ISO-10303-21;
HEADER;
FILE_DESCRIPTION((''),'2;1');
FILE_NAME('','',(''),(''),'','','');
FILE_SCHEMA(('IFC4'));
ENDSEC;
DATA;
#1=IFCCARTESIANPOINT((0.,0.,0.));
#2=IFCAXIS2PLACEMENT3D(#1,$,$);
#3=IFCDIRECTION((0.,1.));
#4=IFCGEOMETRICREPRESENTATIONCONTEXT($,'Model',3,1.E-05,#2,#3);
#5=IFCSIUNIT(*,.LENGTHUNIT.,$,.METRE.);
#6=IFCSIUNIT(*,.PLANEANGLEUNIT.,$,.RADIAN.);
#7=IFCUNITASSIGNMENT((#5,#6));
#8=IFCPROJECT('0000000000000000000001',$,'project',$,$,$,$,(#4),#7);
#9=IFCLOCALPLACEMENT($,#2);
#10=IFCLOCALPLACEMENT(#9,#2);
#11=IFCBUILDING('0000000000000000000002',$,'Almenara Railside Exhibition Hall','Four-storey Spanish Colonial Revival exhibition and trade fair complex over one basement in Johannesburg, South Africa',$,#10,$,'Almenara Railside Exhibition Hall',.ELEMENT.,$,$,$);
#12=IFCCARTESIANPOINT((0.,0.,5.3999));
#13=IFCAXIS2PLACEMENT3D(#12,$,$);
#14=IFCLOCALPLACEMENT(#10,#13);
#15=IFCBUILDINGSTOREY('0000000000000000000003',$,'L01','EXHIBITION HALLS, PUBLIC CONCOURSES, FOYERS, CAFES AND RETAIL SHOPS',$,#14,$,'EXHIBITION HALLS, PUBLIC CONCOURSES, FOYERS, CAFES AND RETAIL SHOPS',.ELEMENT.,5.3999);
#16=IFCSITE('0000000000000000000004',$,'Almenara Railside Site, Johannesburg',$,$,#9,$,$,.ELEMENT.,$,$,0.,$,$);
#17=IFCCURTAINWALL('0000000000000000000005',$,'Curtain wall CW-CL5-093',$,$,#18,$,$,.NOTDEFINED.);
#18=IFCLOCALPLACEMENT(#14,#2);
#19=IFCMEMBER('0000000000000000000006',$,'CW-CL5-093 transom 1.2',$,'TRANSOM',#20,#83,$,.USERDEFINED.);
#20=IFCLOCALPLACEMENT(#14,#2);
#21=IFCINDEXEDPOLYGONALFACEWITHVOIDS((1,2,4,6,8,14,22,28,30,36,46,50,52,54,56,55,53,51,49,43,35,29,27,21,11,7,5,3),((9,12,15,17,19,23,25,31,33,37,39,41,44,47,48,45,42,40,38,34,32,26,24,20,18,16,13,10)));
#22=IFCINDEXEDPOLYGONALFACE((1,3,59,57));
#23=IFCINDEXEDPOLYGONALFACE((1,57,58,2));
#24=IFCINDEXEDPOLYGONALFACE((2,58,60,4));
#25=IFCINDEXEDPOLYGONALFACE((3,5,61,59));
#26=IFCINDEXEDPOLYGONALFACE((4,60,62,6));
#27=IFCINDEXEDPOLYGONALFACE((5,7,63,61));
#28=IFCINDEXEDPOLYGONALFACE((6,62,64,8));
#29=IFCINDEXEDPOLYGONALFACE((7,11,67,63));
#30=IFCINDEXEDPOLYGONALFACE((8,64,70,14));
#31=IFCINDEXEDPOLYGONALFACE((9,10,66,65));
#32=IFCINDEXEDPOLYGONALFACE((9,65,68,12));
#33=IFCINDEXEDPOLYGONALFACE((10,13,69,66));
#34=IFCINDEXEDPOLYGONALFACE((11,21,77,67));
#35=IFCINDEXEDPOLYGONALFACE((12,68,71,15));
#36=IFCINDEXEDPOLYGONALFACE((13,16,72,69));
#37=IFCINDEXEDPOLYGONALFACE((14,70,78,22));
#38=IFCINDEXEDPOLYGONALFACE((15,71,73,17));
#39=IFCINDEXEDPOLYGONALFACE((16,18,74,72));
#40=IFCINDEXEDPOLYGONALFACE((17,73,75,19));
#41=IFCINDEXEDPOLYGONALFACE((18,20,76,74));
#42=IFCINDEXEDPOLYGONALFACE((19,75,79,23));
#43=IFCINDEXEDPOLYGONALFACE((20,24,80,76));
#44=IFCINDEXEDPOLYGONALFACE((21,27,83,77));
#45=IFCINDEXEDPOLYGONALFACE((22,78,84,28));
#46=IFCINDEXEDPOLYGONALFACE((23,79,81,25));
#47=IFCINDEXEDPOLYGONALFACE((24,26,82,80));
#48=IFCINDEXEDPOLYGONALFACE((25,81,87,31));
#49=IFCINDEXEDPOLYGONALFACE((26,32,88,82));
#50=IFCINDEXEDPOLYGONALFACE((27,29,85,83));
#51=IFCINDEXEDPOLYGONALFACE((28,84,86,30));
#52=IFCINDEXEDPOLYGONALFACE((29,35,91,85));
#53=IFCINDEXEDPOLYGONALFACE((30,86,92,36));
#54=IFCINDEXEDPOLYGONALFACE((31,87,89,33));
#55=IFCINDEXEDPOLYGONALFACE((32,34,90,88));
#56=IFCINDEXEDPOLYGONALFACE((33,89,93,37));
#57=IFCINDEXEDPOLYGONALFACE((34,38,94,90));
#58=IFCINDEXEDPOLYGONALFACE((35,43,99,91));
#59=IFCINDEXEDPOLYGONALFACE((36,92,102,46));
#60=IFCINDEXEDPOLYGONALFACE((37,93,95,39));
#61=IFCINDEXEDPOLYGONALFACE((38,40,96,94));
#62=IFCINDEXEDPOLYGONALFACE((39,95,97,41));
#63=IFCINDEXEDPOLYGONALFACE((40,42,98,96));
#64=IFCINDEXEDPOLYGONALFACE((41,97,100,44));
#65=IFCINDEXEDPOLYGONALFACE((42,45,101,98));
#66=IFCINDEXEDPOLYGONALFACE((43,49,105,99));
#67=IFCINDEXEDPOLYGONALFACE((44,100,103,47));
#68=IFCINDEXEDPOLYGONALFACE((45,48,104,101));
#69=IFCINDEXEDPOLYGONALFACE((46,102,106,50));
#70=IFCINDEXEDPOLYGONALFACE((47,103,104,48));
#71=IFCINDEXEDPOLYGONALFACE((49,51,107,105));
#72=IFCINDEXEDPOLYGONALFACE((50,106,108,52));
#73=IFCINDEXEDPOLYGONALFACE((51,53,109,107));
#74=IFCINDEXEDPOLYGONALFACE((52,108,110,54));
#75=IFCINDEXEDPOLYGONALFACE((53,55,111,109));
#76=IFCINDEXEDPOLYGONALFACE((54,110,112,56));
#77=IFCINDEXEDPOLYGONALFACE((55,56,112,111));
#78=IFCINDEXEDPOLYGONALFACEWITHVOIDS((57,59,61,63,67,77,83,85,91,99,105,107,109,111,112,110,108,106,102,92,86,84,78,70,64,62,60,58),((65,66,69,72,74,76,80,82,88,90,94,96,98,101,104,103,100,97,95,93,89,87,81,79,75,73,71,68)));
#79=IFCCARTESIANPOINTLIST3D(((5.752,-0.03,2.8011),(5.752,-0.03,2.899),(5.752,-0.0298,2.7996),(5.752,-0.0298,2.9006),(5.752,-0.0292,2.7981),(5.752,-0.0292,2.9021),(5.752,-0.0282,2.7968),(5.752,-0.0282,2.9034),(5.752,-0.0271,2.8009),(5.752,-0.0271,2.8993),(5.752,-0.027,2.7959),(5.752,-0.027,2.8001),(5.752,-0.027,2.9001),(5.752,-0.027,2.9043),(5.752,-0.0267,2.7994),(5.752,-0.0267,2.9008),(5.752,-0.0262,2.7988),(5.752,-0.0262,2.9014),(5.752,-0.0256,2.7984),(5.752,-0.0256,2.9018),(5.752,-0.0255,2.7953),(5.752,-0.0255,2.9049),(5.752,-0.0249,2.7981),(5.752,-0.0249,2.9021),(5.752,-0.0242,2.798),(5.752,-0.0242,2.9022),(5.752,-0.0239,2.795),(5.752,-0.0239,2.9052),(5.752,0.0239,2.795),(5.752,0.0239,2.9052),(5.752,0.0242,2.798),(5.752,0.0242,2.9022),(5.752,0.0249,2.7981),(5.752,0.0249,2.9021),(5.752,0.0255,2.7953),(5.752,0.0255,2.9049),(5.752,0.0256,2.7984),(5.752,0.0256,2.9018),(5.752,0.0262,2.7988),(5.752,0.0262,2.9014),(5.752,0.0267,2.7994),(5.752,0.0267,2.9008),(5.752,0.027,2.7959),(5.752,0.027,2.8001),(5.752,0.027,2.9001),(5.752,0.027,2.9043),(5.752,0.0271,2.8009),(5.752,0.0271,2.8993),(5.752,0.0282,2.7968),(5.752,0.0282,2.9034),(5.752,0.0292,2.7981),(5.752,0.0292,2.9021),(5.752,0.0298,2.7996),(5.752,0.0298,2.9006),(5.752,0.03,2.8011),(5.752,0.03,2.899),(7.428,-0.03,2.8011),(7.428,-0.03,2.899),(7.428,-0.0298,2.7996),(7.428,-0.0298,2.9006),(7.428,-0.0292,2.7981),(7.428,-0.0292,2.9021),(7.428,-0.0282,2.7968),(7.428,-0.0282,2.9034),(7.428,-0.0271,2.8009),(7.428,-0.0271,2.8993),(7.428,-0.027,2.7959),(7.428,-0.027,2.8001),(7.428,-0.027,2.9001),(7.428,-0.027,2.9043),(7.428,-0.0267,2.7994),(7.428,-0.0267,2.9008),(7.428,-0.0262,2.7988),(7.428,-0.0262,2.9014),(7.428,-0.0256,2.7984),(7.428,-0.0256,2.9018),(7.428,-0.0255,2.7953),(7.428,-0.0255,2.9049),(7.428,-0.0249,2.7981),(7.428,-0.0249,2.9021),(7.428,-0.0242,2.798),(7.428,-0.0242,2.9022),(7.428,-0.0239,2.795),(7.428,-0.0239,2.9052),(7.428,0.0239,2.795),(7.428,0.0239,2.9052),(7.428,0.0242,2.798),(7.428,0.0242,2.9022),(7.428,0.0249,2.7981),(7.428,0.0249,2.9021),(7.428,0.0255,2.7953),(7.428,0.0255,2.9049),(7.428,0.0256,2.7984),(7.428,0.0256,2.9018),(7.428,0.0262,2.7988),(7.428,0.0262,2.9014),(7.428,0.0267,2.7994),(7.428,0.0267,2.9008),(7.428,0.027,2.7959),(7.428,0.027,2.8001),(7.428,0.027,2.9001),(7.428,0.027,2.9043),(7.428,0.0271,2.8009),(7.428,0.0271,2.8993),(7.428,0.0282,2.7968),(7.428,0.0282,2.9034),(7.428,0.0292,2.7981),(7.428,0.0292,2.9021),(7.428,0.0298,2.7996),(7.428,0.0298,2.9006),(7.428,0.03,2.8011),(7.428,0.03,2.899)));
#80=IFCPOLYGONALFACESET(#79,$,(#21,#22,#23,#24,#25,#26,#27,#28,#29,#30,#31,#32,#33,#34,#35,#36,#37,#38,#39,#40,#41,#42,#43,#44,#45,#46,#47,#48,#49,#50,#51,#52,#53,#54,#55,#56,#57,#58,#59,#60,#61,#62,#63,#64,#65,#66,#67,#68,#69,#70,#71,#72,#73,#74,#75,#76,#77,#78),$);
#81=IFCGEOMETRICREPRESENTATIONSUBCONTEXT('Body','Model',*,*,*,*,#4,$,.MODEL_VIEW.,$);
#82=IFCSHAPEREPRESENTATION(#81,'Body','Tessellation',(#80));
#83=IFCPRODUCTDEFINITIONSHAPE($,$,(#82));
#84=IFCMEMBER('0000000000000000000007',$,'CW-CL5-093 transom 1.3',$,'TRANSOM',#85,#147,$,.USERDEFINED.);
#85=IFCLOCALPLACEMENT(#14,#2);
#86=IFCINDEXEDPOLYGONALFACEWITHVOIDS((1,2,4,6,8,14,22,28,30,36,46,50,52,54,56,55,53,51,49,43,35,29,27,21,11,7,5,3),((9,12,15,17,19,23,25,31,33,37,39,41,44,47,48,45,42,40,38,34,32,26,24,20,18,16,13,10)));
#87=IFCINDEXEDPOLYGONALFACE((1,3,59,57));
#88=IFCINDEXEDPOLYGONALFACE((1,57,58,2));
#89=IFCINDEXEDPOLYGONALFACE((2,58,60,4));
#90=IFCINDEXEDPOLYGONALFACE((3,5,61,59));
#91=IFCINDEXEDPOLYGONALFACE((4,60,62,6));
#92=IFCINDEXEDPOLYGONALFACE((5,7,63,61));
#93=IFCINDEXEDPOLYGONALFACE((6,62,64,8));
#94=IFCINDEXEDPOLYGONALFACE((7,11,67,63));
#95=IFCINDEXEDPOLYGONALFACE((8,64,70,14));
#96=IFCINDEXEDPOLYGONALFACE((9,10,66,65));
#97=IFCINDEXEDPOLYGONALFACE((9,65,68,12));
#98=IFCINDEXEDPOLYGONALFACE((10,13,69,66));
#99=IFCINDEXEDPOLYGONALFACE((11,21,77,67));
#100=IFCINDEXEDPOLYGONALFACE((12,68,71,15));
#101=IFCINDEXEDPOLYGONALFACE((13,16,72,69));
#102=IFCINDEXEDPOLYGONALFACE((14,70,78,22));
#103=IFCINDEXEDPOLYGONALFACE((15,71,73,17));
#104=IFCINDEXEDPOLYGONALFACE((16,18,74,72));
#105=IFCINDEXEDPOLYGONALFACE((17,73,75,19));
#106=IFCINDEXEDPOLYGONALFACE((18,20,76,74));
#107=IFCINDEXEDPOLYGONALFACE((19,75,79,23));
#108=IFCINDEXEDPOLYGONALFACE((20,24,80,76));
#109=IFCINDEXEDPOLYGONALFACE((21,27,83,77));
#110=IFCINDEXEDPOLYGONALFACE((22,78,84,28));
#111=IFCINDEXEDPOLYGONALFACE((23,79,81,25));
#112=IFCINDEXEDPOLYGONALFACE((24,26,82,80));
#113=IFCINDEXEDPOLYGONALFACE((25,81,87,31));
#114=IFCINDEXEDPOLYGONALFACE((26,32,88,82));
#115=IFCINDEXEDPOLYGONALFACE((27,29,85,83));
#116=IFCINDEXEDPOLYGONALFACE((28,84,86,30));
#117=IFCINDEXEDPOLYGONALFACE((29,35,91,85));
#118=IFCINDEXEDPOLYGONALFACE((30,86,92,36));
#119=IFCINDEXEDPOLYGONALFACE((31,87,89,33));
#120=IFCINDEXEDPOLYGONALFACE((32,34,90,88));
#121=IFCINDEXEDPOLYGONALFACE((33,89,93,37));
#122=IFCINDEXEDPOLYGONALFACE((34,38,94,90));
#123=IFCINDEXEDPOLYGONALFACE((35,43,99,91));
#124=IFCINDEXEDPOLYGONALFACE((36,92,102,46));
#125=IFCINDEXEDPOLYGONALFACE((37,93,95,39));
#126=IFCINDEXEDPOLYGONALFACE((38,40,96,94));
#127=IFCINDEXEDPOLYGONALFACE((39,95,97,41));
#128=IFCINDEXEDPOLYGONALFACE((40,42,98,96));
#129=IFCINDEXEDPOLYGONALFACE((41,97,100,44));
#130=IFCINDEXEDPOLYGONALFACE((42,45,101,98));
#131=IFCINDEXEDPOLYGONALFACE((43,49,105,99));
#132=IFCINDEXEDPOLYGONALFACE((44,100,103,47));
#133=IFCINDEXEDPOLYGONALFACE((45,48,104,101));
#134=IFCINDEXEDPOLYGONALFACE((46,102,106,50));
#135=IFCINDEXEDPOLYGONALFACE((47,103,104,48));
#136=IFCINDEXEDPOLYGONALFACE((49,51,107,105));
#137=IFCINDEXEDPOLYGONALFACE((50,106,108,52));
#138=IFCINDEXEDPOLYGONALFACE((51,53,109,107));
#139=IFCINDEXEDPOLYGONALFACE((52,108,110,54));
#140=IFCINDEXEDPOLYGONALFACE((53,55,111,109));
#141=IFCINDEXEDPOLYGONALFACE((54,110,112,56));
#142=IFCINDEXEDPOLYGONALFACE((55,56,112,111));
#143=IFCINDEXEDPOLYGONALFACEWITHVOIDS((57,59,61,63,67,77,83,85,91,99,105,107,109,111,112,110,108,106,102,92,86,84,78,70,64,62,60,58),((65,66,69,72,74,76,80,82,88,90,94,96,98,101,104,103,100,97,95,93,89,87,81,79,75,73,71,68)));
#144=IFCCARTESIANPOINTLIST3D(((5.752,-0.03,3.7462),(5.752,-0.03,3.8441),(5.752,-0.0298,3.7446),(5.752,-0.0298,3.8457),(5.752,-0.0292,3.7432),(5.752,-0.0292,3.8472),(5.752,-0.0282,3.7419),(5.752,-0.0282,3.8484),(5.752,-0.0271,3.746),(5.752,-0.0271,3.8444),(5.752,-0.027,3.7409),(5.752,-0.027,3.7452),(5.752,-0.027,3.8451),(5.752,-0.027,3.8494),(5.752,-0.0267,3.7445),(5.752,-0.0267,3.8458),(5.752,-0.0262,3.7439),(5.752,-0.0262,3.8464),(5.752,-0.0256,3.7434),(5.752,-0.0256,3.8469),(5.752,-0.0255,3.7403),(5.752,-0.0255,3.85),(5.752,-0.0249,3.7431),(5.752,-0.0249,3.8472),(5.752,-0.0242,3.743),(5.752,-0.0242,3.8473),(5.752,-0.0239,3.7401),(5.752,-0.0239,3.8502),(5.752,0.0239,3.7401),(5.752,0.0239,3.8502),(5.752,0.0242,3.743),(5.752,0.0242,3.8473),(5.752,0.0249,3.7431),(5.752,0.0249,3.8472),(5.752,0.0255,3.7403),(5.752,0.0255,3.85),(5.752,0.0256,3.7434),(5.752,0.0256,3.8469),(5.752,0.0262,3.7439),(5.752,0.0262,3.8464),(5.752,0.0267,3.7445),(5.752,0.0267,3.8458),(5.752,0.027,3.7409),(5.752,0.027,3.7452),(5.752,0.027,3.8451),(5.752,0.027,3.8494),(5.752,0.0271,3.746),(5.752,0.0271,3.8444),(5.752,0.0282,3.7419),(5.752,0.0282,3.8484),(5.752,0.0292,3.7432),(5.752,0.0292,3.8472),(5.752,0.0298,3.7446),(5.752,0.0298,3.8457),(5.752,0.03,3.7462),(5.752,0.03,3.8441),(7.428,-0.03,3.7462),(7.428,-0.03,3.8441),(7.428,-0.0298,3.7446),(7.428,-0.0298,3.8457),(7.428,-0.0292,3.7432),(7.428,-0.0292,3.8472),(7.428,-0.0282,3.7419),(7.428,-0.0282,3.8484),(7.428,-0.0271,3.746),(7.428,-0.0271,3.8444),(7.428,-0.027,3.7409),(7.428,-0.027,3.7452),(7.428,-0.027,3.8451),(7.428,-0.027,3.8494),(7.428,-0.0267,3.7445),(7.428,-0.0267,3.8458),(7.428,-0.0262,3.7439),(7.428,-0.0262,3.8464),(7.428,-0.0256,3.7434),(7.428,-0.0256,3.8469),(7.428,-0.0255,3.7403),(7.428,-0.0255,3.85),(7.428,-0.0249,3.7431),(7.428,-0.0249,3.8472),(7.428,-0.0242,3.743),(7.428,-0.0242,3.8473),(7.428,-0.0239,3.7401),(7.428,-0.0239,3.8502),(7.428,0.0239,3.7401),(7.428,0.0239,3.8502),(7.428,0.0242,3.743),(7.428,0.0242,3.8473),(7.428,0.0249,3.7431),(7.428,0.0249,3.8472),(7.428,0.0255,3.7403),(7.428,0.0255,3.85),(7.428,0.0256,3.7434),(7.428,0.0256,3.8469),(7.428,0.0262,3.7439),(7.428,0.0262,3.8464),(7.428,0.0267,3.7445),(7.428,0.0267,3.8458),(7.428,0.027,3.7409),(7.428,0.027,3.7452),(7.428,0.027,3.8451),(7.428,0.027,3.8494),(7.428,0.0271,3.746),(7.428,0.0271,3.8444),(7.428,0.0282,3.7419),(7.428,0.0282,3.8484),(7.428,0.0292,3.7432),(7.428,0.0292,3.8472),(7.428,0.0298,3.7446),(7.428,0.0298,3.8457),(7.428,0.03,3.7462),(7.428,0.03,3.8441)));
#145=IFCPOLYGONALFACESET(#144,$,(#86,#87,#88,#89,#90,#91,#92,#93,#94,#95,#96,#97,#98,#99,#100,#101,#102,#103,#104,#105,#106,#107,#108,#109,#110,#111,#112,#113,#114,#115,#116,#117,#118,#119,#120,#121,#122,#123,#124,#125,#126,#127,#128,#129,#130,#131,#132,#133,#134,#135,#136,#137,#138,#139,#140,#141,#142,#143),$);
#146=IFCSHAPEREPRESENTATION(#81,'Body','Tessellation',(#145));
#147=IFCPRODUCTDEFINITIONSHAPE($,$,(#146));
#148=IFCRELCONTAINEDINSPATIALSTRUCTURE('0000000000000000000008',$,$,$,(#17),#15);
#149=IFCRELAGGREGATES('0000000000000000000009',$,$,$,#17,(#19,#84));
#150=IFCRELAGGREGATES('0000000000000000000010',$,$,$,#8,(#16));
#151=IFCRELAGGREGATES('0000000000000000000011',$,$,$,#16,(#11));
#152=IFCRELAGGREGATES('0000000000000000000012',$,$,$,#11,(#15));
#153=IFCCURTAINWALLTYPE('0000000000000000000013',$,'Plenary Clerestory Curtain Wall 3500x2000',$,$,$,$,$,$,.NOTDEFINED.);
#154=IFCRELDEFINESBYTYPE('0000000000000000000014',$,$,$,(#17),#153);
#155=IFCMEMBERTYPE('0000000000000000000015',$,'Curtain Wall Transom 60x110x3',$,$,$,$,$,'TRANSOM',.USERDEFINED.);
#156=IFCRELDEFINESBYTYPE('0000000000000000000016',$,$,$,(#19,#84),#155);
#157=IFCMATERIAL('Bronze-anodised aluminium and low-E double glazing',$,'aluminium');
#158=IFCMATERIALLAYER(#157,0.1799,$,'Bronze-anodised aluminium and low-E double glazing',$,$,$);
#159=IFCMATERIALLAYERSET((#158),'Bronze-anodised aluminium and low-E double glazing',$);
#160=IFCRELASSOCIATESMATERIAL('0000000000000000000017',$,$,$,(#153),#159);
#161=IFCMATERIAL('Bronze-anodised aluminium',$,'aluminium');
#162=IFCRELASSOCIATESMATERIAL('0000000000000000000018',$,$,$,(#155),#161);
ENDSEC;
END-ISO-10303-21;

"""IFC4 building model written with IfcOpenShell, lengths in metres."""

from ifc_helpers import new_model, si_unit, direction, frame, origin, origin_2d, place, context, subcontext, project, spatial, hollow_rectangle, extrude, material, layer, layer_set, material_profile, profile_set, type_object, element, aggregate, save


model = new_model("IFC4")

# Units and contexts
model_context = context("Model", 3, precision=1e-05, world=origin(), true_north=direction((0.0, 1.0)))
body_context = subcontext(model_context, "Body", "Model", "MODEL_VIEW")
ifc_project = project(units=[si_unit("LENGTHUNIT", "METRE"), si_unit("PLANEANGLEUNIT", "RADIAN")], contexts=[model_context])

# Site, building, storey
site_placement = place(None, origin())
site = spatial("IfcSite", under=ifc_project, at=site_placement, Name="Almenara Railside Site, Johannesburg", CompositionType="ELEMENT", RefElevation=0.0)
building_placement = place(site_placement, origin())
building = spatial("IfcBuilding", under=site, at=building_placement, Name="Almenara Railside Exhibition Hall", Description="Four-storey Spanish Colonial Revival exhibition and trade fair complex over one basement in Johannesburg, South Africa", LongName="Almenara Railside Exhibition Hall", CompositionType="ELEMENT")
storey_placement = place(building_placement, frame((0.0, 0.0, 5.3999)))
storey = spatial("IfcBuildingStorey", under=building, at=storey_placement, Name="L01", Description="EXHIBITION HALLS, PUBLIC CONCOURSES, FOYERS, CAFES AND RETAIL SHOPS", LongName="EXHIBITION HALLS, PUBLIC CONCOURSES, FOYERS, CAFES AND RETAIL SHOPS", CompositionType="ELEMENT", Elevation=5.3999)

# Curtain wall
ifc_material_1 = material(Name="Bronze-anodised aluminium and low-E double glazing", Category="aluminium")
ifc_layer_1 = layer(ifc_material_1, 0.1799, Name="Bronze-anodised aluminium and low-E double glazing")
ifc_layer_set_1 = layer_set([ifc_layer_1], Name="Bronze-anodised aluminium and low-E double glazing")
curtain_wall_type_1 = type_object("IfcCurtainWallType", Name="Plenary Clerestory Curtain Wall 3500x2000", PredefinedType="NOTDEFINED", material=ifc_layer_set_1)
curtain_wall_1_placement = place(storey_placement, origin())
curtain_wall_1 = element("IfcCurtainWall", 1, at=curtain_wall_1_placement, inside=storey, type_object=curtain_wall_type_1, Name="Curtain wall CW-CL5-093", PredefinedType="NOTDEFINED")
ifc_material_2 = material(Name="Bronze-anodised aluminium", Category="aluminium")

# Members
ifc_material_profile_1 = material_profile(ifc_material_2, hollow_rectangle(XDim=0.0601, YDim=0.1101, WallThickness=0.0029, InnerFilletRadius=0.0029, OuterFilletRadius=0.0061, at=origin_2d()), Name="ALU-TRN 60x110x3")
ifc_profile_set_1 = profile_set([ifc_material_profile_1], Name="Bronze-anodised aluminium")
member_type_1 = type_object("IfcMemberType", Name="Curtain Wall Transom 60x110x3", ElementType="TRANSOM", PredefinedType="USERDEFINED", material=ifc_profile_set_1)
member_1_placement = place(storey_placement, frame((5.752, 0.0, 2.8501), z_axis=(1.0, 0.0, 0.0), x_axis=(0.0, 1.0, 0.0)))
member_1 = element("IfcMember", 2, at=member_1_placement, type_object=member_type_1, Name="CW-CL5-093 transom 1.2", ObjectType="TRANSOM", PredefinedType="USERDEFINED", context=body_context, shape_type="SweptSolid", body=[
    extrude(hollow_rectangle(XDim=0.0601, YDim=0.1101, WallThickness=0.0029, InnerFilletRadius=0.0029, OuterFilletRadius=0.0061, at=origin_2d()), origin(), (0.0, 0.0, 1.0), 1.676),
])
member_2_placement = place(storey_placement, frame((5.752, 0.0, 3.7952), z_axis=(1.0, 0.0, 0.0), x_axis=(0.0, 1.0, 0.0)))
member_2 = element("IfcMember", 3, at=member_2_placement, type_object=member_type_1, Name="CW-CL5-093 transom 1.3", ObjectType="TRANSOM", PredefinedType="USERDEFINED", context=body_context, shape_type="SweptSolid", body=[
    extrude(hollow_rectangle(XDim=0.0601, YDim=0.1101, WallThickness=0.0029, InnerFilletRadius=0.0029, OuterFilletRadius=0.0061, at=origin_2d()), origin(), (0.0, 0.0, 1.0), 1.676),
])

aggregate(curtain_wall_1, [member_1, member_2])

save(model, "model.ifc")
